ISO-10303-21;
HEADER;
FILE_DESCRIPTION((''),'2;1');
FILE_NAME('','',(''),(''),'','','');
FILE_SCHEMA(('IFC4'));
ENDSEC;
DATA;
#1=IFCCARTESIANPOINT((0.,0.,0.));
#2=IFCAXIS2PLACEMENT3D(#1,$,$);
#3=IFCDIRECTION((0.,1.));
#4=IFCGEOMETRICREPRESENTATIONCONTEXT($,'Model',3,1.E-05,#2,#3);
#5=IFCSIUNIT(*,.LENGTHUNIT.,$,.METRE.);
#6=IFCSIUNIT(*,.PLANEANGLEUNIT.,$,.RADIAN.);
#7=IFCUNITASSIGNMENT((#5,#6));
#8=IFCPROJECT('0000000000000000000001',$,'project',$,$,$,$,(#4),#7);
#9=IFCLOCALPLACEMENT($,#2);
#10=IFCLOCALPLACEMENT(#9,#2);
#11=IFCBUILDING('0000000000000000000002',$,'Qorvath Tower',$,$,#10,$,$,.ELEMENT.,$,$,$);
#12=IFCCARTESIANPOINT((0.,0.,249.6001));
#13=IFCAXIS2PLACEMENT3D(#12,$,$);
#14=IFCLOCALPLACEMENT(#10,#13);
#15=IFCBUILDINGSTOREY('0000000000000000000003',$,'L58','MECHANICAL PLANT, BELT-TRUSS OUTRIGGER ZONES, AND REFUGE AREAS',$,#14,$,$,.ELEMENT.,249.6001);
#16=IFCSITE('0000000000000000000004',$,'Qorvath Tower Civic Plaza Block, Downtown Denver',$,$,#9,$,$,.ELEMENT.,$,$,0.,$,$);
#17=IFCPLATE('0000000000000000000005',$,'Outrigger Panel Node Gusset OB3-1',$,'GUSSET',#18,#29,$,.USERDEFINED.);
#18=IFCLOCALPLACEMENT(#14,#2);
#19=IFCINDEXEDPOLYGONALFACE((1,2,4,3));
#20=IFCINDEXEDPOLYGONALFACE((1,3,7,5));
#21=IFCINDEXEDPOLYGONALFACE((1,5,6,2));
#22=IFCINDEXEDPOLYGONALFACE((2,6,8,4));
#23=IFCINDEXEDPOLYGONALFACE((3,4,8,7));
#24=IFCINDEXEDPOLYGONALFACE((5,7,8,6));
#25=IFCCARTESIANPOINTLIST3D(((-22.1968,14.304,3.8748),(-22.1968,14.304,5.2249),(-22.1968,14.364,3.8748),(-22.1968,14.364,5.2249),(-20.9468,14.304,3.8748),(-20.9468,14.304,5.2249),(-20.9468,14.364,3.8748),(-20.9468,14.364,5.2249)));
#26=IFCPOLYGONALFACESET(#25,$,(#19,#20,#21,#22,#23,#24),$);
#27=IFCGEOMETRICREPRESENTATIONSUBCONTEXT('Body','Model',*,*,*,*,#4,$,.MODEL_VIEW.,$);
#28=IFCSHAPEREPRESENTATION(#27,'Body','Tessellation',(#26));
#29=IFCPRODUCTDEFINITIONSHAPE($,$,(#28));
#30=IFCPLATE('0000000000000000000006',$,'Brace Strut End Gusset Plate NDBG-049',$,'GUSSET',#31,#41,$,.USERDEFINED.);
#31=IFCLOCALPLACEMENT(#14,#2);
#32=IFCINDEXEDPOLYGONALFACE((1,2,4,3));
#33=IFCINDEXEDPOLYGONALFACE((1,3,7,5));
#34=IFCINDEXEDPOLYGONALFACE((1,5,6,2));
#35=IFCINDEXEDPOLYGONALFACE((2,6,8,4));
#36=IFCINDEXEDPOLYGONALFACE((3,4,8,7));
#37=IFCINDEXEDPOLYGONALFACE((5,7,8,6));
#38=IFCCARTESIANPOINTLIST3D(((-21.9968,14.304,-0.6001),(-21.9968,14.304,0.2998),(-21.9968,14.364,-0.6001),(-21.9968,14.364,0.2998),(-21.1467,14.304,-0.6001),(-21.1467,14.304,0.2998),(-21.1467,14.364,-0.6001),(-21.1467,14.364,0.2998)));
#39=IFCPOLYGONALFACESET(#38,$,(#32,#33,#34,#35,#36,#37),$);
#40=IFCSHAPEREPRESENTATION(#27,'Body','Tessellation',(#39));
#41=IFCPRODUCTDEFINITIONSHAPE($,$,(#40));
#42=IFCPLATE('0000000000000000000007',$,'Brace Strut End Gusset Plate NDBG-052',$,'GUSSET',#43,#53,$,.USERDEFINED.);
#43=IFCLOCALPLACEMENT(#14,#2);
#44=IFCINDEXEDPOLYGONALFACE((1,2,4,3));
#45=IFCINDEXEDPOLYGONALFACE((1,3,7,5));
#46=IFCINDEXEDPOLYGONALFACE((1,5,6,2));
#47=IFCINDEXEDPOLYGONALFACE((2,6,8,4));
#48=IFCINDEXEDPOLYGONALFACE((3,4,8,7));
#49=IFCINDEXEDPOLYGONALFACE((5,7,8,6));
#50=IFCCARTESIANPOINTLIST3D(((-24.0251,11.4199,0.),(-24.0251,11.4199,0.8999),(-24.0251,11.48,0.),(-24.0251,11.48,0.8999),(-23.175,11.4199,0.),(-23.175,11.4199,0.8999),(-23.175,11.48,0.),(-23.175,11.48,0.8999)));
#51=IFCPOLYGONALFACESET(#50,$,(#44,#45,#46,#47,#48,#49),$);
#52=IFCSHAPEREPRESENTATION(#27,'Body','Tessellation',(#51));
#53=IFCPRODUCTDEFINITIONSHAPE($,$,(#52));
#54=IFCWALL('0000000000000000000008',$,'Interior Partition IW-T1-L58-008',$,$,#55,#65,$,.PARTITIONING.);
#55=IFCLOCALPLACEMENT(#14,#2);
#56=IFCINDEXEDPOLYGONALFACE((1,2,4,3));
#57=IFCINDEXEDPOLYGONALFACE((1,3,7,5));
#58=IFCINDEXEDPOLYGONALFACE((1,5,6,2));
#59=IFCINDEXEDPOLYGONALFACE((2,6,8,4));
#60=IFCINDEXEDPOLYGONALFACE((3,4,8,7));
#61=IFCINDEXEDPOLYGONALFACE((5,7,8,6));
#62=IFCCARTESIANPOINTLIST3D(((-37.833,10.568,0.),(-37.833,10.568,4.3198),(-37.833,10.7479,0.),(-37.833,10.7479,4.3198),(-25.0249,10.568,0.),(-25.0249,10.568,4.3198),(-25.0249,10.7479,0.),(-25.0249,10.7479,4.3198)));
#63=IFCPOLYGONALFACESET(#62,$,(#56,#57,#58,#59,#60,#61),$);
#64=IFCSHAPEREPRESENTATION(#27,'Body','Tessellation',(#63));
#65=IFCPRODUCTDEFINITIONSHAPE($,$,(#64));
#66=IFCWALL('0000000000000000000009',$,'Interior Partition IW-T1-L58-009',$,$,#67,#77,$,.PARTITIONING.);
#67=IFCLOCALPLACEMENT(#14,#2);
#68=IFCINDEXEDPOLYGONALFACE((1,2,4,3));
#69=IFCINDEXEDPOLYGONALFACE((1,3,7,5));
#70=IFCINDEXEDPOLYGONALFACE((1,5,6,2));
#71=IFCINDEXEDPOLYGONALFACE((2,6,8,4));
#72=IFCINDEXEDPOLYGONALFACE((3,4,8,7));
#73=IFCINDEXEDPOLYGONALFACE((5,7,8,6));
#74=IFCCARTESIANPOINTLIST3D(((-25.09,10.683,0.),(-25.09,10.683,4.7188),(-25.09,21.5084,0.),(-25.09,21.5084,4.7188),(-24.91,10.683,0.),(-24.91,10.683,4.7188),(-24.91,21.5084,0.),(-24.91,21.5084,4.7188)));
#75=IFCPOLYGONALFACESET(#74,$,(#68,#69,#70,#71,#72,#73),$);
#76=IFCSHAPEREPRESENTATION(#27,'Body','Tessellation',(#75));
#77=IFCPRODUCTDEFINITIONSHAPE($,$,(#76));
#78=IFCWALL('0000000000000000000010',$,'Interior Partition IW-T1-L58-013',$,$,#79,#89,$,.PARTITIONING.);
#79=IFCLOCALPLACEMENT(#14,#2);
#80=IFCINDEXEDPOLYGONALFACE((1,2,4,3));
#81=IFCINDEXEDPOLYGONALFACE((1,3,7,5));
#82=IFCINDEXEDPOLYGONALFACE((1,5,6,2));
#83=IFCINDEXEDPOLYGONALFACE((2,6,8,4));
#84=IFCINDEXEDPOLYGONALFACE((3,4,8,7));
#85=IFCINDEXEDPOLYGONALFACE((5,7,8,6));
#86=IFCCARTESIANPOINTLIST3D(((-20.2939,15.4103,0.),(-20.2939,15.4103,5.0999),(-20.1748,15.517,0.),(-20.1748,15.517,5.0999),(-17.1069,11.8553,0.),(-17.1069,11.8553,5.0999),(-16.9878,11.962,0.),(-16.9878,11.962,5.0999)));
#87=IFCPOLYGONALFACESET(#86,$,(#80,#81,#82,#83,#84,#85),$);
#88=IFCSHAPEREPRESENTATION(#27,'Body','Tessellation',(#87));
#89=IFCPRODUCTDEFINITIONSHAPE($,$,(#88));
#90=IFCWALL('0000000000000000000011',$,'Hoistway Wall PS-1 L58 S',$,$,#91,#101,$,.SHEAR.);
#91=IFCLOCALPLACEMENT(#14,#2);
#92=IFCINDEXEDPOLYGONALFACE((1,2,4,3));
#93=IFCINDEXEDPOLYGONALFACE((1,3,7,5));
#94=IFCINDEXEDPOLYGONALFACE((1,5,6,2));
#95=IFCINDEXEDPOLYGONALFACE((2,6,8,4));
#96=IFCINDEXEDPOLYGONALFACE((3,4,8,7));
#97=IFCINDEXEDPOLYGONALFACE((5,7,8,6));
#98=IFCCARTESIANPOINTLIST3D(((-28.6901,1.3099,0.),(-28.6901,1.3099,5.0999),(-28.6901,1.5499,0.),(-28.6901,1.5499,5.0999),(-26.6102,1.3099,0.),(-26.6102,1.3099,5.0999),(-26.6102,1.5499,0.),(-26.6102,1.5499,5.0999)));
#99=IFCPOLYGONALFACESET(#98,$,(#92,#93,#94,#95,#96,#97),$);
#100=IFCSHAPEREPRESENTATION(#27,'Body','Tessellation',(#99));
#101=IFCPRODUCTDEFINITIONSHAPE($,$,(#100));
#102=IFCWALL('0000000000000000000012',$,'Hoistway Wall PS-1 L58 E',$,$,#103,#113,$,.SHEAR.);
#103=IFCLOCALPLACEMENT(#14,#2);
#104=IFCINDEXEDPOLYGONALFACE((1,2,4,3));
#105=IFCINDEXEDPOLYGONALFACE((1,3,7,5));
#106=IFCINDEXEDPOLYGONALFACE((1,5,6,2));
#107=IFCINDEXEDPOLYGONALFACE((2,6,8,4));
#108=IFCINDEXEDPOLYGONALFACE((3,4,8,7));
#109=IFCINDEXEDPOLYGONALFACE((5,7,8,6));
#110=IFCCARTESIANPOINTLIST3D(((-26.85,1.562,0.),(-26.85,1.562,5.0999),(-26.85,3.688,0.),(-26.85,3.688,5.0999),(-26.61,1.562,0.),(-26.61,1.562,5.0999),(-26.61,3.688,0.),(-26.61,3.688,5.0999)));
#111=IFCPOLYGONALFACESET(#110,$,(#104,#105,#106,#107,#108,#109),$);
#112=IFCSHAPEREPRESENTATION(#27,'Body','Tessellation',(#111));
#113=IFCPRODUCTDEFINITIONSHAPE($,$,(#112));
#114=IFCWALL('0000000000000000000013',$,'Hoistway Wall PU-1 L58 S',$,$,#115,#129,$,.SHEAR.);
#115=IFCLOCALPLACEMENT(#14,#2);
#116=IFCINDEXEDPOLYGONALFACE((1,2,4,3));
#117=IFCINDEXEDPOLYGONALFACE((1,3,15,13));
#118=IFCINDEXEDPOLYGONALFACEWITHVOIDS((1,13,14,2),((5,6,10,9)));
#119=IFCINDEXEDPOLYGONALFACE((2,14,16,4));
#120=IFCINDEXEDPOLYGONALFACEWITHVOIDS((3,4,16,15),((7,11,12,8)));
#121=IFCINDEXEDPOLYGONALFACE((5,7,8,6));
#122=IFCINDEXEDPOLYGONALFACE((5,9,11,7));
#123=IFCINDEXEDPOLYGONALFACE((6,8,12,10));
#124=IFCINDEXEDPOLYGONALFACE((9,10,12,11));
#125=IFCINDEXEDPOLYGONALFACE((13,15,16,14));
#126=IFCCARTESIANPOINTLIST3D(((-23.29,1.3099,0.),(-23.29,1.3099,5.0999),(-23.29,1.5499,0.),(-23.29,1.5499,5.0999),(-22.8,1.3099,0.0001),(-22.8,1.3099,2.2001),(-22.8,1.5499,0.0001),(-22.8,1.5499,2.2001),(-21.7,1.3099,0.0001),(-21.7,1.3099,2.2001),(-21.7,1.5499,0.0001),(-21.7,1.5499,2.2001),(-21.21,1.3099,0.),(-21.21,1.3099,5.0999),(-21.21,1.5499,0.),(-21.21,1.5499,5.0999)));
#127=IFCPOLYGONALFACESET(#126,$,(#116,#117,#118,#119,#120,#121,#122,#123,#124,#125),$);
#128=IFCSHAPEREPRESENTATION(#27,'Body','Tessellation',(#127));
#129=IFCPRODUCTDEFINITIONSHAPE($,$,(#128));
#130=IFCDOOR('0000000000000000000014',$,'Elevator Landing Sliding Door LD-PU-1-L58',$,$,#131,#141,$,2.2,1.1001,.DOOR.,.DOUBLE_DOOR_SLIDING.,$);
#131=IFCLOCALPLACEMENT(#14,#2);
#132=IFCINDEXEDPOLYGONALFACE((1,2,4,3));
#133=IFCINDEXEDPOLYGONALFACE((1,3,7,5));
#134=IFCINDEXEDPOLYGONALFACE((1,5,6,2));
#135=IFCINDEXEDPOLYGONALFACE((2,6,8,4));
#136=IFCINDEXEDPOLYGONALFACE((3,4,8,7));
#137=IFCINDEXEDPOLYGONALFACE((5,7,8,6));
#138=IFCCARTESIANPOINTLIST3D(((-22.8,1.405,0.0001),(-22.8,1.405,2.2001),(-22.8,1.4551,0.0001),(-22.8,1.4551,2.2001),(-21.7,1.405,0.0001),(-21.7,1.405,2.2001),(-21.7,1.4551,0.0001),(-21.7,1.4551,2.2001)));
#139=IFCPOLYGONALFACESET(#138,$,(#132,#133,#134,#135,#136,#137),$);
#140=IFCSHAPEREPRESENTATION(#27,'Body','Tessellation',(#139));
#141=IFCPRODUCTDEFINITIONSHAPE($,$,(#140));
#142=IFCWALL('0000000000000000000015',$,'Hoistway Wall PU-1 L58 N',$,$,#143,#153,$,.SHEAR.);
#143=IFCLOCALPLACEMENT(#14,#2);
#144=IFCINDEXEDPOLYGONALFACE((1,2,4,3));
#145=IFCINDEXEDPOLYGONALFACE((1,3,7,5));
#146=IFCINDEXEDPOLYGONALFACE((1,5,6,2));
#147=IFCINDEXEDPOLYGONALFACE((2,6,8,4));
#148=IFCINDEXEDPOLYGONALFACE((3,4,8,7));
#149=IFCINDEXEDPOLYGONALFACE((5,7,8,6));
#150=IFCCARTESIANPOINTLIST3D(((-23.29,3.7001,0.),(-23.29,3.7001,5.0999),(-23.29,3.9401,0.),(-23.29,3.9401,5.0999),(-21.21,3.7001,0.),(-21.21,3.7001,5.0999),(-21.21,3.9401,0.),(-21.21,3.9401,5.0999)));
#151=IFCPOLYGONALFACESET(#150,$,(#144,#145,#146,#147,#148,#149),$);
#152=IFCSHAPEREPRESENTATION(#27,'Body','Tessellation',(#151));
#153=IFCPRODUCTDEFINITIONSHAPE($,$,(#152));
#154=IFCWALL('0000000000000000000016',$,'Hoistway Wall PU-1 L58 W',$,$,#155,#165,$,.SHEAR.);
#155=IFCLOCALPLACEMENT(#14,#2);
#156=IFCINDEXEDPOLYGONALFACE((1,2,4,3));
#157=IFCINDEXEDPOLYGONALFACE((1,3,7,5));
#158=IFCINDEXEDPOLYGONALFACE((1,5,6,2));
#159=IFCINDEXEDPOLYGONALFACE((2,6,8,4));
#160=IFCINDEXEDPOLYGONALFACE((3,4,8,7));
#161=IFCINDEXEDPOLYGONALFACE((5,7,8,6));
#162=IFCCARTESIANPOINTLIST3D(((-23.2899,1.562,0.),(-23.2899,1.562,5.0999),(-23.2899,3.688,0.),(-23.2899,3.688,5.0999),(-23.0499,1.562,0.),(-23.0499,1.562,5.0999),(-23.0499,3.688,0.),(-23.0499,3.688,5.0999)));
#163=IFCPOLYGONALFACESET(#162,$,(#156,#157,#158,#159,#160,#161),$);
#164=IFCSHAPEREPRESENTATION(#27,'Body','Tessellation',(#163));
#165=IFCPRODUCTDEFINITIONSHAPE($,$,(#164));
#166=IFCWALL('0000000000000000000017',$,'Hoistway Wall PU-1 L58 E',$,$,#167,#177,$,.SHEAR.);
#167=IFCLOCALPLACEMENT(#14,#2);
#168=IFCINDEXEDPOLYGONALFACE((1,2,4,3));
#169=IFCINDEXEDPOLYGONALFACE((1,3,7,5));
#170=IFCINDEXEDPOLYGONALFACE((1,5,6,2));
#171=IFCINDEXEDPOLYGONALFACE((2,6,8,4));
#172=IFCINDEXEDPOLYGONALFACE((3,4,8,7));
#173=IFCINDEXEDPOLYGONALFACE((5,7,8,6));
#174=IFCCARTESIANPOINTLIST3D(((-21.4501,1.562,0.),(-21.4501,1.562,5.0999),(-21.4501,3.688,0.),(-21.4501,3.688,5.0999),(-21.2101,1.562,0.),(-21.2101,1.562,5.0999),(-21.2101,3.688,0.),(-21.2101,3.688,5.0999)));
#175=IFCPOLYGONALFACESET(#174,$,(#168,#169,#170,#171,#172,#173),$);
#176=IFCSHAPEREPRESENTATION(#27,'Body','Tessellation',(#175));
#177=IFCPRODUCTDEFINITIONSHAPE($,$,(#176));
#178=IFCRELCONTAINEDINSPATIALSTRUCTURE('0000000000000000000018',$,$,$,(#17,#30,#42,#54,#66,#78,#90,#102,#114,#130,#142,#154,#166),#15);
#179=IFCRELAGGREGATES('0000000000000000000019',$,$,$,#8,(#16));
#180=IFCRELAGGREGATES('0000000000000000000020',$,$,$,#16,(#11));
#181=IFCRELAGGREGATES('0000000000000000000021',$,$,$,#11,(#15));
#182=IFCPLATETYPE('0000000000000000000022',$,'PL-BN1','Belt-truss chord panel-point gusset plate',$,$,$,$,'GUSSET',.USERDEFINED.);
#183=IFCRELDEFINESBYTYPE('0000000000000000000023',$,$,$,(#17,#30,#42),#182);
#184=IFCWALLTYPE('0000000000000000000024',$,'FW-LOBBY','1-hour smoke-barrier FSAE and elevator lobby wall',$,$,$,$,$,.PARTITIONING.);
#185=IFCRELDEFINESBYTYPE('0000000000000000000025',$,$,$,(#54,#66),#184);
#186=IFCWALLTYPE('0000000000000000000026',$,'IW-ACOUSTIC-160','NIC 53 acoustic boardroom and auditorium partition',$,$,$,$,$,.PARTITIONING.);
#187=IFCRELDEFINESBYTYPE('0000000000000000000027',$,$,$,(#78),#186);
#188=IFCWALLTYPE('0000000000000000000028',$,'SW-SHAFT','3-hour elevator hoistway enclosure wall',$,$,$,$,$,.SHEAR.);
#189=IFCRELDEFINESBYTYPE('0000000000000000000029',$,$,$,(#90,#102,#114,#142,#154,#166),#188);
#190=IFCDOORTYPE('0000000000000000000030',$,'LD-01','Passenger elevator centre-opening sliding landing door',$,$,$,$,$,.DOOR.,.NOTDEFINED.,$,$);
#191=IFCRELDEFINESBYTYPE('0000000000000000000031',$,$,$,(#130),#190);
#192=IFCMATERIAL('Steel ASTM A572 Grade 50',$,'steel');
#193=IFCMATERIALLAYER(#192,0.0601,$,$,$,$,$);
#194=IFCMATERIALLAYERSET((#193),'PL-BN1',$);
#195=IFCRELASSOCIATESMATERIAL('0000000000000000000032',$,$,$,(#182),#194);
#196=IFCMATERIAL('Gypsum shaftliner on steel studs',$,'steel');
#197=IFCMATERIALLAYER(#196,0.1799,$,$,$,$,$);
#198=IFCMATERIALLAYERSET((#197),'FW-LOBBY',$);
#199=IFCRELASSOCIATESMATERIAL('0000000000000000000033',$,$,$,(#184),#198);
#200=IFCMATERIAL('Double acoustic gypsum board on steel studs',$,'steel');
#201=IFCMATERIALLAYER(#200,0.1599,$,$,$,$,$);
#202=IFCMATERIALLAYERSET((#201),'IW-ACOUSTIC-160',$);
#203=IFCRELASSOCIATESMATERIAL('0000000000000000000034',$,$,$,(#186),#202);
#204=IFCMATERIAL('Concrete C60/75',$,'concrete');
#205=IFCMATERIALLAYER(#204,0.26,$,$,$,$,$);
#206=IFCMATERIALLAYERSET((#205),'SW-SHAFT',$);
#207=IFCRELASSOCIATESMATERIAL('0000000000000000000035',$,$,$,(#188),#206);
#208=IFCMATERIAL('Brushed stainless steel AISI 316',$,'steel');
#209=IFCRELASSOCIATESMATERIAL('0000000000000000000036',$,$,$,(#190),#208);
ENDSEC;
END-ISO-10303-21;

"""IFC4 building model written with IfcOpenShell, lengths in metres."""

from ifc_helpers import new_model, si_unit, direction, frame, frame_2d, origin, origin_2d, place, context, subcontext, project, spatial, rectangle, extrude, material, layer, layer_set, type_object, element, fill, save


model = new_model("IFC4")

# Units and contexts
model_context = context("Model", 3, precision=1e-05, world=origin(), true_north=direction((0.0, 1.0)))
body_context = subcontext(model_context, "Body", "Model", "MODEL_VIEW")
ifc_project = project(units=[si_unit("LENGTHUNIT", "METRE"), si_unit("PLANEANGLEUNIT", "RADIAN")], contexts=[model_context])

# Site, building, storey
site_placement = place(None, origin())
site = spatial("IfcSite", under=ifc_project, at=site_placement, Name="Qorvath Tower Civic Plaza Block, Downtown Denver", CompositionType="ELEMENT", RefElevation=0.0)
building_placement = place(site_placement, origin())
building = spatial("IfcBuilding", under=site, at=building_placement, Name="Qorvath Tower", CompositionType="ELEMENT")
storey_placement = place(building_placement, frame((0.0, 0.0, 249.6001)))
storey = spatial("IfcBuildingStorey", under=building, at=storey_placement, Name="L58", Description="MECHANICAL PLANT, BELT-TRUSS OUTRIGGER ZONES, AND REFUGE AREAS", CompositionType="ELEMENT", Elevation=249.6001)

# Plates
ifc_material_1 = material(Name="Steel ASTM A572 Grade 50", Category="steel")
ifc_layer_1 = layer(ifc_material_1, 0.0601)
ifc_layer_set_1 = layer_set([ifc_layer_1], Name="PL-BN1")
plate_type = type_object("IfcPlateType", Name="PL-BN1", Description="Belt-truss chord panel-point gusset plate", ElementType="GUSSET", PredefinedType="USERDEFINED", material=ifc_layer_set_1)
plate_placement = place(storey_placement, frame((-21.5718, 14.334, 3.8748), z_axis=(0.0, 0.0, 1.0), x_axis=(1.0, 0.0, 0.0)))
element("IfcPlate", 1, at=plate_placement, inside=storey, type_object=plate_type, Name="Outrigger Panel Node Gusset OB3-1", ObjectType="GUSSET", PredefinedType="USERDEFINED", context=body_context, shape_type="SweptSolid", body=[
    extrude(rectangle(XDim=1.25, YDim=0.0601, at=origin_2d()), origin(), (0.0, 0.0, 1.0), 1.3501),
])
for number, where, z_axis, x_axis, name in (
    (2, (-21.5718, 14.334, -0.6001), (0.0, 0.0, 1.0), (1.0, 0.0, 0.0), "Brace Strut End Gusset Plate NDBG-049"),
    (3, (-23.6001, 11.45, 0.0), (0.0, 0.0, 1.0), (1.0, 0.0, 0.0), "Brace Strut End Gusset Plate NDBG-052"),
):
    element("IfcPlate", number, at=place(storey_placement, frame(where, z_axis=z_axis, x_axis=x_axis)), inside=storey, type_object=plate_type, Name=name, ObjectType="GUSSET", PredefinedType="USERDEFINED", context=body_context, shape_type="SweptSolid", body=[
        extrude(rectangle(XDim=0.8501, YDim=0.0601, at=origin_2d()), origin(), (0.0, 0.0, 1.0), 0.8999),
    ])

# Shared definitions
ifc_material_2 = material(Name="Gypsum shaftliner on steel studs", Category="steel")
ifc_layer_2 = layer(ifc_material_2, 0.1799)
ifc_layer_set_2 = layer_set([ifc_layer_2], Name="FW-LOBBY")
wall_type_1 = type_object("IfcWallType", Name="FW-LOBBY", Description="1-hour smoke-barrier FSAE and elevator lobby wall", PredefinedType="PARTITIONING", material=ifc_layer_set_2)

# Walls
wall_1_placement = place(storey_placement, frame((-25.0249, 10.658, 0.0), z_axis=(0.0, 0.0, 1.0), x_axis=(-1.0, 0.0, 0.0)))
element("IfcWall", 4, at=wall_1_placement, inside=storey, type_object=wall_type_1, Name="Interior Partition IW-T1-L58-008", PredefinedType="PARTITIONING", context=body_context, shape_type="SweptSolid", body=[
    extrude(rectangle(XDim=12.8081, YDim=0.1799, at=frame_2d((6.4041, 0.0))), origin(), (0.0, 0.0, 1.0), 4.3198),
])
wall_2_placement = place(storey_placement, frame((-25.0, 10.6831, 0.0), z_axis=(0.0, 0.0, 1.0), x_axis=(0.0, 1.0, 0.0)))
element("IfcWall", 5, at=wall_2_placement, inside=storey, type_object=wall_type_1, Name="Interior Partition IW-T1-L58-009", PredefinedType="PARTITIONING", context=body_context, shape_type="SweptSolid", body=[
    extrude(rectangle(XDim=10.8254, YDim=0.1799, at=frame_2d((5.4126, 0.0))), origin(), (0.0, 0.0, 1.0), 4.7188),
])
ifc_material_3 = material(Name="Double acoustic gypsum board on steel studs", Category="steel")
ifc_layer_3 = layer(ifc_material_3, 0.1599)
ifc_layer_set_3 = layer_set([ifc_layer_3], Name="IW-ACOUSTIC-160")
wall_type_2 = type_object("IfcWallType", Name="IW-ACOUSTIC-160", Description="NIC 53 acoustic boardroom and auditorium partition", PredefinedType="PARTITIONING", material=ifc_layer_set_3)
wall_3_placement = place(storey_placement, frame((-20.2344, 15.4636, 0.0), z_axis=(0.0, 0.0, 1.0), x_axis=(0.667525, -0.744587, 0.0)))
element("IfcWall", 6, at=wall_3_placement, inside=storey, type_object=wall_type_2, Name="Interior Partition IW-T1-L58-013", PredefinedType="PARTITIONING", context=body_context, shape_type="SweptSolid", body=[
    extrude(rectangle(XDim=4.7744, YDim=0.1599, at=frame_2d((2.3872, 0.0))), origin(), (0.0, 0.0, 1.0), 5.0999),
])
ifc_material_4 = material(Name="Concrete C60/75", Category="concrete")
ifc_layer_4 = layer(ifc_material_4, 0.26)
ifc_layer_set_4 = layer_set([ifc_layer_4], Name="SW-SHAFT")
wall_type_3 = type_object("IfcWallType", Name="SW-SHAFT", Description="3-hour elevator hoistway enclosure wall", PredefinedType="SHEAR", material=ifc_layer_set_4)
wall_4_placement = place(storey_placement, frame((-26.6101, 1.4299, 0.0), z_axis=(0.0, 0.0, 1.0), x_axis=(-1.0, 0.0, 0.0)))
element("IfcWall", 7, at=wall_4_placement, inside=storey, type_object=wall_type_3, Name="Hoistway Wall PS-1 L58 S", PredefinedType="SHEAR", context=body_context, shape_type="SweptSolid", body=[
    extrude(rectangle(XDim=2.0798, YDim=0.24, at=frame_2d((1.04, 0.0))), origin(), (0.0, 0.0, 1.0), 5.0999),
])
wall_5_placement = place(storey_placement, frame((-26.73, 3.688, 0.0), z_axis=(0.0, 0.0, 1.0), x_axis=(0.0, -1.0, 0.0)))
element("IfcWall", 8, at=wall_5_placement, inside=storey, type_object=wall_type_3, Name="Hoistway Wall PS-1 L58 E", PredefinedType="SHEAR", context=body_context, shape_type="SweptSolid", body=[
    extrude(rectangle(XDim=2.126, YDim=0.24, at=frame_2d((1.063, 0.0))), origin(), (0.0, 0.0, 1.0), 5.0999),
])

# Wall, opening, door
wall_6_placement = place(storey_placement, frame((-21.21, 1.4299, 0.0), z_axis=(0.0, 0.0, 1.0), x_axis=(-1.0, 0.0, 0.0)))
wall_6 = element("IfcWall", 9, at=wall_6_placement, inside=storey, type_object=wall_type_3, Name="Hoistway Wall PU-1 L58 S", PredefinedType="SHEAR", context=body_context, shape_type="SweptSolid", body=[
    extrude(rectangle(XDim=2.0801, YDim=0.24, at=frame_2d((1.04, 0.0))), origin(), (0.0, 0.0, 1.0), 5.0999),
])
opening_1_placement = place(wall_6_placement, frame((0.49, 0.0, 0.0)))
opening_1 = element("IfcOpeningElement", 10, at=opening_1_placement, cuts=wall_6, PredefinedType="OPENING", context=body_context, shape_type="SweptSolid", body=[
    extrude(rectangle(XDim=1.1001, YDim=2.2, at=frame_2d((0.55, 1.1001))), frame((0.0, 0.1299, 0.0), z_axis=(0.0, -1.0, 0.0), x_axis=(1.0, 0.0, 0.0)), (0.0, 0.0, 1.0), 0.26),
])
ifc_material_5 = material(Name="Brushed stainless steel AISI 316", Category="steel")
door_type_1 = type_object("IfcDoorType", Name="LD-01", Description="Passenger elevator centre-opening sliding landing door", OperationType="NOTDEFINED", PredefinedType="DOOR", material=ifc_material_5)
door_1_placement = place(opening_1_placement, origin())
door_1 = element("IfcDoor", 11, at=door_1_placement, inside=storey, type_object=door_type_1, Name="Elevator Landing Sliding Door LD-PU-1-L58", OperationType="DOUBLE_DOOR_SLIDING", OverallHeight=2.2, OverallWidth=1.1001, PredefinedType="DOOR", context=body_context, shape_type="SweptSolid", body=[
    extrude(rectangle(XDim=1.1001, YDim=2.2, at=frame_2d((0.55, 1.1001))), frame((0.0, 0.0249, 0.0), z_axis=(0.0, -1.0, 0.0), x_axis=(1.0, 0.0, 0.0)), (0.0, 0.0, 1.0), 0.05),
])
fill(opening_1, door_1)

# Walls
wall_7_placement = place(storey_placement, frame((-23.29, 3.8201, 0.0), z_axis=(0.0, 0.0, 1.0), x_axis=(1.0, 0.0, 0.0)))
element("IfcWall", 12, at=wall_7_placement, inside=storey, type_object=wall_type_3, Name="Hoistway Wall PU-1 L58 N", PredefinedType="SHEAR", context=body_context, shape_type="SweptSolid", body=[
    extrude(rectangle(XDim=2.0801, YDim=0.24, at=frame_2d((1.04, 0.0))), origin(), (0.0, 0.0, 1.0), 5.0999),
])
for number, where, z_axis, x_axis, name in (
    (13, (-23.1699, 1.562, 0.0), (0.0, 0.0, 1.0), (0.0, 1.0, 0.0), "Hoistway Wall PU-1 L58 W"),
    (14, (-21.3301, 3.688, 0.0), (0.0, 0.0, 1.0), (0.0, -1.0, 0.0), "Hoistway Wall PU-1 L58 E"),
):
    element("IfcWall", number, at=place(storey_placement, frame(where, z_axis=z_axis, x_axis=x_axis)), inside=storey, type_object=wall_type_3, Name=name, PredefinedType="SHEAR", context=body_context, shape_type="SweptSolid", body=[
        extrude(rectangle(XDim=2.126, YDim=0.24, at=frame_2d((1.063, 0.0))), origin(), (0.0, 0.0, 1.0), 5.0999),
    ])

save(model, "model.ifc")
